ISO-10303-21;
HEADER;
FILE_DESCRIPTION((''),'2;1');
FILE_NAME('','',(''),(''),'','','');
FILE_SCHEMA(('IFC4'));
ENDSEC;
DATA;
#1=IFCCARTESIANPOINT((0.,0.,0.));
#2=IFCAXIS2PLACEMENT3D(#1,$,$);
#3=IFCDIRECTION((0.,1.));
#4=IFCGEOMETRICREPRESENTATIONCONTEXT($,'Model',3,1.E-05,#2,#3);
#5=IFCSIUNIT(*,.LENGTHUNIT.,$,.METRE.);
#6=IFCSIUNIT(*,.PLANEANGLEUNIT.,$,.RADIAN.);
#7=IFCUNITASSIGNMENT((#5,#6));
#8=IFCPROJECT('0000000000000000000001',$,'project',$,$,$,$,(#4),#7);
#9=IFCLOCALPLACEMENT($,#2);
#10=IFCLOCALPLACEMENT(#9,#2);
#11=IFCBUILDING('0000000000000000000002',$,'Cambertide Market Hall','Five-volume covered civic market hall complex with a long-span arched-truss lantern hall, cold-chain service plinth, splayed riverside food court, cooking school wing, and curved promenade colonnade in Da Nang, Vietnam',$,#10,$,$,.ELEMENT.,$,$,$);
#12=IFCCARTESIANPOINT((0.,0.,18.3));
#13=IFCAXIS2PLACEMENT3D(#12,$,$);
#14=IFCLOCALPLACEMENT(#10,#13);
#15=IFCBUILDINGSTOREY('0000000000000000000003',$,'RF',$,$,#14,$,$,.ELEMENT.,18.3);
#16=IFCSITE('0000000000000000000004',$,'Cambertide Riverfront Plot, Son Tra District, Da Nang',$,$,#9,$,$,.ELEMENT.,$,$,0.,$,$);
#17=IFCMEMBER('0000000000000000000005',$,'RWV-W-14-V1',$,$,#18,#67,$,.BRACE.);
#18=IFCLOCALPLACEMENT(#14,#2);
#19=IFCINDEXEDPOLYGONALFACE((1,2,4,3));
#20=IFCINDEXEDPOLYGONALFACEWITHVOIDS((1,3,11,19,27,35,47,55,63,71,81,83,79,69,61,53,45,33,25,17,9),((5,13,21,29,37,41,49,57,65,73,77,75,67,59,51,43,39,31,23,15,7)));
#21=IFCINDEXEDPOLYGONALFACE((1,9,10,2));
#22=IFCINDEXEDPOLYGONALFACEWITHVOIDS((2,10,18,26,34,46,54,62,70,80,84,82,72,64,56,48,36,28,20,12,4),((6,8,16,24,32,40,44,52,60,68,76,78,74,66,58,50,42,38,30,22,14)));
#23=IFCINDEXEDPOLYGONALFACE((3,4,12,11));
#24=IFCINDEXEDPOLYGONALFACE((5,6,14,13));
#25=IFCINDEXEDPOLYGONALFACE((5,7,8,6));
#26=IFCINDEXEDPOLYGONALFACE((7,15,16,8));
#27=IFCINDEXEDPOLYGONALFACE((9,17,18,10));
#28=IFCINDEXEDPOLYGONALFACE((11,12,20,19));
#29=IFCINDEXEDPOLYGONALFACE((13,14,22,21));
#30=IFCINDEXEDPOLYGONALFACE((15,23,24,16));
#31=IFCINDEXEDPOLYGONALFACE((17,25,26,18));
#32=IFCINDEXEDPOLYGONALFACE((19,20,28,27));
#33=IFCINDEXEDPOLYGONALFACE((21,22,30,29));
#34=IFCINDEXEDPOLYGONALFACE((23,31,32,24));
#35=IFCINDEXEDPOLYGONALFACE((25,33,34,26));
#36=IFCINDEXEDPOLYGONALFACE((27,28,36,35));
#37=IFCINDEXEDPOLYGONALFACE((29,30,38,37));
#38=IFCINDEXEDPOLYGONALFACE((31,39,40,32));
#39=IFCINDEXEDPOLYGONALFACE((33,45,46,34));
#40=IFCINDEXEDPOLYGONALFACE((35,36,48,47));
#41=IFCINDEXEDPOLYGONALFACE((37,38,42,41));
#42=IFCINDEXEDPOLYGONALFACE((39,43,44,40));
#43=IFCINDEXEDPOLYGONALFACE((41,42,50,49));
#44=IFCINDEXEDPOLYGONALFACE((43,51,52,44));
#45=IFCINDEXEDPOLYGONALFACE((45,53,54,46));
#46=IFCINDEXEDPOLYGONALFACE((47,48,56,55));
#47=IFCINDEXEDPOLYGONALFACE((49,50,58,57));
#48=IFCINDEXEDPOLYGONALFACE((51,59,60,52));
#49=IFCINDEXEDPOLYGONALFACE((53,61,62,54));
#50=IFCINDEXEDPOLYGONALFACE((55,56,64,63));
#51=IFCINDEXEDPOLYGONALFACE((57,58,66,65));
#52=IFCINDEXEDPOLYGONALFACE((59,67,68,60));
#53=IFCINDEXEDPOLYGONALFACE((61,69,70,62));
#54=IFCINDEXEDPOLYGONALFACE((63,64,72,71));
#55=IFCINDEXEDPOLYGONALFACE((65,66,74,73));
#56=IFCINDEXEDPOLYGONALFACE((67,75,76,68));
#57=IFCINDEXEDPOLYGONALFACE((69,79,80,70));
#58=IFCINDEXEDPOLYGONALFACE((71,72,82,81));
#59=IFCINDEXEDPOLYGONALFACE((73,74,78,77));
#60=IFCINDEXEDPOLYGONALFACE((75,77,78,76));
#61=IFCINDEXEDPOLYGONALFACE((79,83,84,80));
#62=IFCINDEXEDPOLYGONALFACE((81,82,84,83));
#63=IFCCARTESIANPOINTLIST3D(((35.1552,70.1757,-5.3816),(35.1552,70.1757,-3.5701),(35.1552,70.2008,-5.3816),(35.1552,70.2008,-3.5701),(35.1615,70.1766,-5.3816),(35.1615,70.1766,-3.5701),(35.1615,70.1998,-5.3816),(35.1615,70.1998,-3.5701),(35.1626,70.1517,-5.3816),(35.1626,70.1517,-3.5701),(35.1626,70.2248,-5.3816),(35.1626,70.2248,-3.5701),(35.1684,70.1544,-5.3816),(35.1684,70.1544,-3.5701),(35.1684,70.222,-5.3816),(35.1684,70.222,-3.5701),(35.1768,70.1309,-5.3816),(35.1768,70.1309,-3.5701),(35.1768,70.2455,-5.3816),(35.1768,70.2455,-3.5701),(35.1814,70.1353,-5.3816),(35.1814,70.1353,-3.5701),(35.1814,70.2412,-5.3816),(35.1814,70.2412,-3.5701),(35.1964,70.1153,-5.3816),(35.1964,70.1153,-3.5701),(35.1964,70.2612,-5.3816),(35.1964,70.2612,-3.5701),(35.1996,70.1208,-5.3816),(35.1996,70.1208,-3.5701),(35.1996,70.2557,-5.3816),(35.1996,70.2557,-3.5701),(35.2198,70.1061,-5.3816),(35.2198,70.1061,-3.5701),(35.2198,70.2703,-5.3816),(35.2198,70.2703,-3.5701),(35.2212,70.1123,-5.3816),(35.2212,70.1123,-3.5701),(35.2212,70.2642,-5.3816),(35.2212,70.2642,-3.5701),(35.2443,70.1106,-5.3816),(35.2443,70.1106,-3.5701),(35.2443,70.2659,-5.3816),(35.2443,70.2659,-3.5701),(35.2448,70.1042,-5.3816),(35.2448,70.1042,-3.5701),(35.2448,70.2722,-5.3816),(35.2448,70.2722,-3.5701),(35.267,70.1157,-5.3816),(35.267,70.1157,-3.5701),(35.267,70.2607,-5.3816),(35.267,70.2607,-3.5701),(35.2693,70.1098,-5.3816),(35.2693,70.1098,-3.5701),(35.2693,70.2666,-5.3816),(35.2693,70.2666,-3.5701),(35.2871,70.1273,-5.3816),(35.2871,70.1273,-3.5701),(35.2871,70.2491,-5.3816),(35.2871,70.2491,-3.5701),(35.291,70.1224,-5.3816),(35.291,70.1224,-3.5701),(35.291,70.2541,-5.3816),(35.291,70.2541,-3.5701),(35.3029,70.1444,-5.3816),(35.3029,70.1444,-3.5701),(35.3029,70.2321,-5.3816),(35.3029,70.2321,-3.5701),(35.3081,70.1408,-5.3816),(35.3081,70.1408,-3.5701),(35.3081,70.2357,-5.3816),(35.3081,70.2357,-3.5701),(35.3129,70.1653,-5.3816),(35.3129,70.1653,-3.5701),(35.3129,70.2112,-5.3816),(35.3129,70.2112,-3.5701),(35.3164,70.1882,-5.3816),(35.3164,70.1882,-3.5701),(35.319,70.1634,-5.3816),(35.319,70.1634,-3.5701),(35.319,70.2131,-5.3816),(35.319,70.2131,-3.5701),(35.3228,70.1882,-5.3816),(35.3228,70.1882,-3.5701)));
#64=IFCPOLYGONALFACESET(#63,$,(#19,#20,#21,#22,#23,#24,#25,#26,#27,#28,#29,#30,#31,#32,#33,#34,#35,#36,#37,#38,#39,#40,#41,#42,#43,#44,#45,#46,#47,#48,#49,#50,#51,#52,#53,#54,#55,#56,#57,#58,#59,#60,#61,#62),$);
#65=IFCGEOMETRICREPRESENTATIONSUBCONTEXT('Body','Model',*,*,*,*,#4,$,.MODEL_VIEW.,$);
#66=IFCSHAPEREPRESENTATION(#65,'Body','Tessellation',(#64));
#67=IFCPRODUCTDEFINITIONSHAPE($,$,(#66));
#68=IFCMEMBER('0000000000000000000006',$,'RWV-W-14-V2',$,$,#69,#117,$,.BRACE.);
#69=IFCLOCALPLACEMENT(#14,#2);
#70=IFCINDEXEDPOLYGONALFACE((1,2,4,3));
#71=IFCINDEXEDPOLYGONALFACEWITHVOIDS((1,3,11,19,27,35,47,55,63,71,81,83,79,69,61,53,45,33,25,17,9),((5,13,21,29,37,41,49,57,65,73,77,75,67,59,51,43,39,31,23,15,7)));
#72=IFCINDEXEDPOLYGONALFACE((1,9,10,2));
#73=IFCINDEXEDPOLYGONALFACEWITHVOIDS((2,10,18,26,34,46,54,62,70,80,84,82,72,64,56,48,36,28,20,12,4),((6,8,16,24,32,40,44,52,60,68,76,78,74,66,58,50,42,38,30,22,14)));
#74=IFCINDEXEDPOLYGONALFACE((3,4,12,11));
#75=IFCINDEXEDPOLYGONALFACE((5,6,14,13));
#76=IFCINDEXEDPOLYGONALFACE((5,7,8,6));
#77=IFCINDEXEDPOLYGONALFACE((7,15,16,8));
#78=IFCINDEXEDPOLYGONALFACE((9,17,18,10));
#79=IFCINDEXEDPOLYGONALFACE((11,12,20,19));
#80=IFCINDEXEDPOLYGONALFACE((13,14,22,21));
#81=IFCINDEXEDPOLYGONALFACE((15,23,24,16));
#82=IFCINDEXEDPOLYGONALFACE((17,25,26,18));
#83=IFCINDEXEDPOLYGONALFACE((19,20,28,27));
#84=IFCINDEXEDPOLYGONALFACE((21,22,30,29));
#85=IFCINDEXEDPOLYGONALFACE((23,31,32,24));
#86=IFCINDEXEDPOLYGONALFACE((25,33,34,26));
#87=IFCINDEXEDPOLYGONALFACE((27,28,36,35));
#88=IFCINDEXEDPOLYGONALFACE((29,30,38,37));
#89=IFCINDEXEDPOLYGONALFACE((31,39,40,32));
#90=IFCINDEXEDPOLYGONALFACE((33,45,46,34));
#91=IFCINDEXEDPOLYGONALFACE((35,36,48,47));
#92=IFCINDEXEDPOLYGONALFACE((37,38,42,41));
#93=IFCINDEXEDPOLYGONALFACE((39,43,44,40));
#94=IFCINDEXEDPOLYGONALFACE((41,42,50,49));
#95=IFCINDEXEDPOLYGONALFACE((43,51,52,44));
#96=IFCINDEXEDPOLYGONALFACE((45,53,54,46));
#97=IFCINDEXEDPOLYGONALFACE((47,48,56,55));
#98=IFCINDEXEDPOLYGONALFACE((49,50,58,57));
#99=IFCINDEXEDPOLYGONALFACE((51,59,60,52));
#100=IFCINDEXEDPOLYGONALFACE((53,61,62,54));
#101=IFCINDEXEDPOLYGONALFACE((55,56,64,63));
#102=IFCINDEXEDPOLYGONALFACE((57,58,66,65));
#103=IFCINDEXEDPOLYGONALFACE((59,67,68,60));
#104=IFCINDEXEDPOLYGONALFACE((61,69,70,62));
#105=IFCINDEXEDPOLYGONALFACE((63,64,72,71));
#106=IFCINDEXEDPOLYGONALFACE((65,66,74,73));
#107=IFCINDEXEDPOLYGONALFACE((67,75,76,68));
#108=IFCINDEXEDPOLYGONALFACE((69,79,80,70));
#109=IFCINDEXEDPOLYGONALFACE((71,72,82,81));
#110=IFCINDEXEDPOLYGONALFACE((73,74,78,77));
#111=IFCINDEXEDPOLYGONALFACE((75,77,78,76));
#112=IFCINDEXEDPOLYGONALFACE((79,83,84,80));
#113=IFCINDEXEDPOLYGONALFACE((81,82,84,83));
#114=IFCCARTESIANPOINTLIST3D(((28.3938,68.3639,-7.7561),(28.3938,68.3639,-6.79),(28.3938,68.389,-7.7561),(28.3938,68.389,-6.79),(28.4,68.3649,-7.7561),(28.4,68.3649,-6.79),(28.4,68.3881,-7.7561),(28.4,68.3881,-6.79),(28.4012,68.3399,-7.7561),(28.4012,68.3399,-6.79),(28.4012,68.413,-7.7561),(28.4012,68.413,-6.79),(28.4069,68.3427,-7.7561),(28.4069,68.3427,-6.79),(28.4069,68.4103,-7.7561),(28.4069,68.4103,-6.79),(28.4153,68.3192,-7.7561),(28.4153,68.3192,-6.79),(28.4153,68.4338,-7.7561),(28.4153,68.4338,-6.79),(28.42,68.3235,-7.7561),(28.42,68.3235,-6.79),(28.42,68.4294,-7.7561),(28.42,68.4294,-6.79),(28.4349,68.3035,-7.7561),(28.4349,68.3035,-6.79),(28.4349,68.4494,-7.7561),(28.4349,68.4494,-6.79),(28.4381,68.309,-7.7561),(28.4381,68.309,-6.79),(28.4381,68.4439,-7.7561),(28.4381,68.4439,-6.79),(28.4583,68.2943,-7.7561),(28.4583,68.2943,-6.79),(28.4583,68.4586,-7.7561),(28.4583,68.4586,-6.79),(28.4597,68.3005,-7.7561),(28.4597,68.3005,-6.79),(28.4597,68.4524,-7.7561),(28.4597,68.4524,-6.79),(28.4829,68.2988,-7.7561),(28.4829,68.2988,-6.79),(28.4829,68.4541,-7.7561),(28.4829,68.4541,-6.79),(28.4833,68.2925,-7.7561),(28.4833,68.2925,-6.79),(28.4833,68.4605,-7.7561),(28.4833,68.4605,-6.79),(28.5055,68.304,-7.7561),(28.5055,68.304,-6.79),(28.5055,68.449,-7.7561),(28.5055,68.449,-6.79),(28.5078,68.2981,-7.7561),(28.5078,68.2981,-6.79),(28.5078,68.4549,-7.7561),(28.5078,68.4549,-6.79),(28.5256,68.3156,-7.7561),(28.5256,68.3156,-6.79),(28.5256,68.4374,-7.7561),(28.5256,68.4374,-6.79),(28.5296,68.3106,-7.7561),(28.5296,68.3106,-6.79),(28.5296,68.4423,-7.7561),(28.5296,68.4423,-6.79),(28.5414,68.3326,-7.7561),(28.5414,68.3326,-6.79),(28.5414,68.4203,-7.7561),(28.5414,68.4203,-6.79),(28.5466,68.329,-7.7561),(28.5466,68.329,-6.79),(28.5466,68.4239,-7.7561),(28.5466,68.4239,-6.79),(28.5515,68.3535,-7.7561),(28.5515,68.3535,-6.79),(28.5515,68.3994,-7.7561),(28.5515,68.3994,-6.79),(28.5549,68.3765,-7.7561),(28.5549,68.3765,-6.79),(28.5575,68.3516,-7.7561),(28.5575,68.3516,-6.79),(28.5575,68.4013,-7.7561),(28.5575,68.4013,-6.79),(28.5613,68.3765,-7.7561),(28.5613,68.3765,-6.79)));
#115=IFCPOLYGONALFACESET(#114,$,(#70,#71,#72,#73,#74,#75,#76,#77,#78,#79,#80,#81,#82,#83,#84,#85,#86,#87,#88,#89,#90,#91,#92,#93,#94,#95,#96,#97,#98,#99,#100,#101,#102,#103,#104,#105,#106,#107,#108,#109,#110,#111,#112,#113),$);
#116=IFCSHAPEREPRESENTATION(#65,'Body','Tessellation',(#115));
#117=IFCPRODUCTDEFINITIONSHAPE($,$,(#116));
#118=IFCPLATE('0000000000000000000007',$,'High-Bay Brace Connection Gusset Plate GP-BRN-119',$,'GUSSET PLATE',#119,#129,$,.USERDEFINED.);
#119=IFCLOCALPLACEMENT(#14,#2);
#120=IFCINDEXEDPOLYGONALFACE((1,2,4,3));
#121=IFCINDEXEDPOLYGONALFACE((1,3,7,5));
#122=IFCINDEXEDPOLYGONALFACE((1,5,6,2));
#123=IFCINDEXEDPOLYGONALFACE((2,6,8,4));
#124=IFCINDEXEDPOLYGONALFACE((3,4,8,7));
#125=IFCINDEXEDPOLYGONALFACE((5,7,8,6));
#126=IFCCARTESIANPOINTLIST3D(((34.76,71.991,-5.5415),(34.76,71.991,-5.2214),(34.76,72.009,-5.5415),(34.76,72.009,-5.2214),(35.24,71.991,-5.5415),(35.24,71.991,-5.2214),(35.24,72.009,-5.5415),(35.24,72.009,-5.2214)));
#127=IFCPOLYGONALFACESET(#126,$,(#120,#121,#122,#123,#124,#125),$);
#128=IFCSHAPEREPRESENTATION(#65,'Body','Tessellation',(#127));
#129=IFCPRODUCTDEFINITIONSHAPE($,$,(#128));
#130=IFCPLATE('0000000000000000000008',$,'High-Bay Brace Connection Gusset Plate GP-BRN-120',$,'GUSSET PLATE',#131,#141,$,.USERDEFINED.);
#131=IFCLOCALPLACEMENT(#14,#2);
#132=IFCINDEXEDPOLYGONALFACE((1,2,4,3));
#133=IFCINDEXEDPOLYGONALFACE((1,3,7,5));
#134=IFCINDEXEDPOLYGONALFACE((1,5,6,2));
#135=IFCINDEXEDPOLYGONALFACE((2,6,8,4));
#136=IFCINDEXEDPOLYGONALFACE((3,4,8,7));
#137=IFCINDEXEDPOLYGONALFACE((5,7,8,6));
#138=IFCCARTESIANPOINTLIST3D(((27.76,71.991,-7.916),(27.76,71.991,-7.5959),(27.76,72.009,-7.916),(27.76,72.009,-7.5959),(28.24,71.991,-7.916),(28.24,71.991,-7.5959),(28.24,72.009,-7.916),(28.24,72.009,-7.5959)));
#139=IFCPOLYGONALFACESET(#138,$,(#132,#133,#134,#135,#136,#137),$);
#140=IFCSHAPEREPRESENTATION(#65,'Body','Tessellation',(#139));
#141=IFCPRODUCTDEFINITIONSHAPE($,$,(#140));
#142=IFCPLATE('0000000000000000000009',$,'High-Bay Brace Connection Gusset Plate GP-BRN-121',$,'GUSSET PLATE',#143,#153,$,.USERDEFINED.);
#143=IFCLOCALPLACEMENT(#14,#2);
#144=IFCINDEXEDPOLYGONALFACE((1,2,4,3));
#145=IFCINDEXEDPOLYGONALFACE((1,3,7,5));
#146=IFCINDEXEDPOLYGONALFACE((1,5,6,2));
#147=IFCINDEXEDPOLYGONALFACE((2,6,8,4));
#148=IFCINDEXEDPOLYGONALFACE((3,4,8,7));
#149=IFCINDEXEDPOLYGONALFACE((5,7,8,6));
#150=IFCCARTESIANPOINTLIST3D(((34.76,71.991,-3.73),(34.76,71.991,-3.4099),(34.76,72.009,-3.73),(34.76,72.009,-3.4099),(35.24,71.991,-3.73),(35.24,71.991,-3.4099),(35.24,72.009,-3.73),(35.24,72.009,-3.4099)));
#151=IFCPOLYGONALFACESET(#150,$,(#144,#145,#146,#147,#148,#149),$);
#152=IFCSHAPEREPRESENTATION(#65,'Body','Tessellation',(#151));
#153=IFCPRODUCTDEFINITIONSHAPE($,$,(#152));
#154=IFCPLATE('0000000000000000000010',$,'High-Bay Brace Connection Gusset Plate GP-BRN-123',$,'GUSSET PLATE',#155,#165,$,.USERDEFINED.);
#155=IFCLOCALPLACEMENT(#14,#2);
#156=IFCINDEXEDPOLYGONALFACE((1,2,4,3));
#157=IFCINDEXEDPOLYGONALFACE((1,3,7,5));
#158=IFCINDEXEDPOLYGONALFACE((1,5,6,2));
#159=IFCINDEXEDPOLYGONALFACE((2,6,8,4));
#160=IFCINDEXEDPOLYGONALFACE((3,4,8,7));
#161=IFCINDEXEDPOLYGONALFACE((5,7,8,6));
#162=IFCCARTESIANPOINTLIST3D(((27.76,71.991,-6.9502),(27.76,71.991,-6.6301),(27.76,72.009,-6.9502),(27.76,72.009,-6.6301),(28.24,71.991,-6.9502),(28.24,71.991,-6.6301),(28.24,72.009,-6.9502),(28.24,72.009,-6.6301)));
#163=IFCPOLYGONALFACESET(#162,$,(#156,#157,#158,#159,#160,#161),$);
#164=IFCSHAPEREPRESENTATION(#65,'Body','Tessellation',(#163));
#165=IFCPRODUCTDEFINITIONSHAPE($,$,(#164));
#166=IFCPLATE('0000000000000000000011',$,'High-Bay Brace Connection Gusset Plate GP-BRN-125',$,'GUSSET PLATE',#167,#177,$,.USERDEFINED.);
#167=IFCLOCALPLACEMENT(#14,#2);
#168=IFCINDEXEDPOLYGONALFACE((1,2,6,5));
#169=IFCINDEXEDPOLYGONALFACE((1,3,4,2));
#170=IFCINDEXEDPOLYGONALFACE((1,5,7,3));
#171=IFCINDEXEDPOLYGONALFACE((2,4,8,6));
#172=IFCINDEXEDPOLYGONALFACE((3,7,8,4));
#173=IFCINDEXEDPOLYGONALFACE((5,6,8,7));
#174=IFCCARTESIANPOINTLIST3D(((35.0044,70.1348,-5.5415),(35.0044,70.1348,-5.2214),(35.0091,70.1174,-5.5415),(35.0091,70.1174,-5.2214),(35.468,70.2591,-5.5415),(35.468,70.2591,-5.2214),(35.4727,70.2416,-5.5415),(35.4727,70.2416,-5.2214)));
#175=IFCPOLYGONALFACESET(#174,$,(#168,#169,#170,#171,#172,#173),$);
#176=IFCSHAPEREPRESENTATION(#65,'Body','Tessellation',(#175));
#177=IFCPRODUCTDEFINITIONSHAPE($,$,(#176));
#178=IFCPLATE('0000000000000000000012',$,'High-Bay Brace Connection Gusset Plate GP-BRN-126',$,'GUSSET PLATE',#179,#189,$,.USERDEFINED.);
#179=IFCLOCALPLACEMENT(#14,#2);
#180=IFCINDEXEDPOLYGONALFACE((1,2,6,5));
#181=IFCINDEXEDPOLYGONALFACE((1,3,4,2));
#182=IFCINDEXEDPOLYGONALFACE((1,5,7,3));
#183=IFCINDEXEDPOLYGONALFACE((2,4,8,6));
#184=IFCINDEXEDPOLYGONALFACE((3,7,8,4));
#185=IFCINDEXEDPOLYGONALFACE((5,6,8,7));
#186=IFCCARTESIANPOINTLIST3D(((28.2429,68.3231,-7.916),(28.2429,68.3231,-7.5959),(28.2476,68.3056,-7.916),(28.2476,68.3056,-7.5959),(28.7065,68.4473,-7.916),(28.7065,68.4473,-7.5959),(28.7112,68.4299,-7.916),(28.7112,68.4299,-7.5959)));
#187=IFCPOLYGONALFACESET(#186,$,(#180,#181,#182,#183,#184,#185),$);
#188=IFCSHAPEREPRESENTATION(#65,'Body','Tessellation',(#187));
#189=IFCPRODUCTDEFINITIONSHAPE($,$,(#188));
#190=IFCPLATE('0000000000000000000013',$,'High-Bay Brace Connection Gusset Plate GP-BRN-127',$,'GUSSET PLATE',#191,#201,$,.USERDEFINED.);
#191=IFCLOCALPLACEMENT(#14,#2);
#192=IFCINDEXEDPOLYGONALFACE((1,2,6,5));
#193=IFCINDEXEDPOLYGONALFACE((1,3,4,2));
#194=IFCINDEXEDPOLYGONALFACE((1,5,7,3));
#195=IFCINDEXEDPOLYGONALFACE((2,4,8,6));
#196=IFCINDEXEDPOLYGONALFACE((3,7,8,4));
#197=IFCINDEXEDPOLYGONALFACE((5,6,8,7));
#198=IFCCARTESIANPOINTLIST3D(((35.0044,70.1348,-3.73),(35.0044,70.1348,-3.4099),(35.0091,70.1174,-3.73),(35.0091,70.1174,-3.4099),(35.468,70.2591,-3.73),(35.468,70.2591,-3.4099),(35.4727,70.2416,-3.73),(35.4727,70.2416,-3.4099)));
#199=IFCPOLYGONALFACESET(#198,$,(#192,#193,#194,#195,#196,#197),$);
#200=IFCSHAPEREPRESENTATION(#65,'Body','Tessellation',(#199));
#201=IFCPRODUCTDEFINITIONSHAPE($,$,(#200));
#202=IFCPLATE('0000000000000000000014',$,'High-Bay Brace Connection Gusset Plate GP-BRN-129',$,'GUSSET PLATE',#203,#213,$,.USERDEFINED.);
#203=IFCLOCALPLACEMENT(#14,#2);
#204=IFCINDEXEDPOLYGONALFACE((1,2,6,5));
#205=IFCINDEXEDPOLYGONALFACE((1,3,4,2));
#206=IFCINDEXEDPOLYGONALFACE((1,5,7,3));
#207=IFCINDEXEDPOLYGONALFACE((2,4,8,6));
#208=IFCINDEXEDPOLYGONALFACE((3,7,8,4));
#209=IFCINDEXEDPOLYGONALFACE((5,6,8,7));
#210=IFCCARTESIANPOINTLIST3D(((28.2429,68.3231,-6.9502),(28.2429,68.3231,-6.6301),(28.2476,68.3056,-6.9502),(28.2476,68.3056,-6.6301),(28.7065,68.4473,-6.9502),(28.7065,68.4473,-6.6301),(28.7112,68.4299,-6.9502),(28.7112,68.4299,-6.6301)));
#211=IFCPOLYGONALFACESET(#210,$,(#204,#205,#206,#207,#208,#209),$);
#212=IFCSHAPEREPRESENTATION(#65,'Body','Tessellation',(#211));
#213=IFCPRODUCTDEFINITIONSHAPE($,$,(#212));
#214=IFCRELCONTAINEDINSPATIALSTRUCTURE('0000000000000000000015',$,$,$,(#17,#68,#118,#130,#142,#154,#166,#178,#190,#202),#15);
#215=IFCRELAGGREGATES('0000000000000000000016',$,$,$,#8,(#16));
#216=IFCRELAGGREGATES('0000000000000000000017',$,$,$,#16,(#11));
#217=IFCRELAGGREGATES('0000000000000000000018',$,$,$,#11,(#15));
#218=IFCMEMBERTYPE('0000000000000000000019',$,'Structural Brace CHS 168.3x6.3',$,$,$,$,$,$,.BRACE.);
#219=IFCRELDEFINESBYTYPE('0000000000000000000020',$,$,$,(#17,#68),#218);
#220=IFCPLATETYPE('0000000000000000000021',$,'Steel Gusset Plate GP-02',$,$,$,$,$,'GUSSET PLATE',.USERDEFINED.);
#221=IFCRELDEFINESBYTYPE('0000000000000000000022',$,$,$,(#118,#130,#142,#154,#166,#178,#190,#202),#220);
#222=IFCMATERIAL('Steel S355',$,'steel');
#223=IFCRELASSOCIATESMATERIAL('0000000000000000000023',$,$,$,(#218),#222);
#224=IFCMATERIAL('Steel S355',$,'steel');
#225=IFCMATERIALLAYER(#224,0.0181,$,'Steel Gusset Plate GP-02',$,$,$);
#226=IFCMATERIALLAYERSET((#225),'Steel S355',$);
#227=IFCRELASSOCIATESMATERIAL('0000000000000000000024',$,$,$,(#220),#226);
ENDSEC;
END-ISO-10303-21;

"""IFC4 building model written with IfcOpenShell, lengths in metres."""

from ifc_helpers import new_model, si_unit, direction, frame, origin, origin_2d, place, context, subcontext, project, spatial, rectangle, hollow_circle, extrude, material, layer, layer_set, material_profile, profile_set, type_object, element, save


model = new_model("IFC4")

# Units and contexts
model_context = context("Model", 3, precision=1e-05, world=origin(), true_north=direction((0.0, 1.0)))
body_context = subcontext(model_context, "Body", "Model", "MODEL_VIEW")
ifc_project = project(units=[si_unit("LENGTHUNIT", "METRE"), si_unit("PLANEANGLEUNIT", "RADIAN")], contexts=[model_context])

# Site, building, storey
site_placement = place(None, origin())
site = spatial("IfcSite", under=ifc_project, at=site_placement, Name="Cambertide Riverfront Plot, Son Tra District, Da Nang", CompositionType="ELEMENT", RefElevation=0.0)
building_placement = place(site_placement, origin())
building = spatial("IfcBuilding", under=site, at=building_placement, Name="Cambertide Market Hall", Description="Five-volume covered civic market hall complex with a long-span arched-truss lantern hall, cold-chain service plinth, splayed riverside food court, cooking school wing, and curved promenade colonnade in Da Nang, Vietnam", CompositionType="ELEMENT")
storey_placement = place(building_placement, frame((0.0, 0.0, 18.3)))
storey = spatial("IfcBuildingStorey", under=building, at=storey_placement, Name="RF", CompositionType="ELEMENT", Elevation=18.3)

# Members
ifc_material_1 = material(Name="Steel S355", Category="steel")
ifc_material_profile_1 = material_profile(ifc_material_1, hollow_circle(Radius=0.0842, WallThickness=0.0063, at=origin_2d()), Name="CHS 168.3x6.3")
ifc_profile_set_1 = profile_set([ifc_material_profile_1], Name="Steel S355")
member_type_1 = type_object("IfcMemberType", Name="Structural Brace CHS 168.3x6.3", PredefinedType="BRACE", material=ifc_profile_set_1)
member_1_placement = place(storey_placement, frame((35.2385, 70.1882, -5.3816), z_axis=(0.0, 0.0, 1.0), x_axis=(1.0, 0.0, 0.0)))
element("IfcMember", 1, at=member_1_placement, inside=storey, type_object=member_type_1, Name="RWV-W-14-V1", PredefinedType="BRACE", context=body_context, shape_type="SweptSolid", body=[
    extrude(hollow_circle(Radius=0.0842, WallThickness=0.0063, at=origin_2d()), origin(), (0.0, 0.0, 1.0), 1.8115),
])
member_2_placement = place(storey_placement, frame((28.4771, 68.3765, -7.7561), z_axis=(0.0, 0.0, 1.0), x_axis=(1.0, 0.0, 0.0)))
element("IfcMember", 2, at=member_2_placement, inside=storey, type_object=member_type_1, Name="RWV-W-14-V2", PredefinedType="BRACE", context=body_context, shape_type="SweptSolid", body=[
    extrude(hollow_circle(Radius=0.0842, WallThickness=0.0063, at=origin_2d()), origin(), (0.0, 0.0, 1.0), 0.9661),
])

# Plates
ifc_material_2 = material(Name="Steel S355", Category="steel")
ifc_layer = layer(ifc_material_2, 0.0181, Name="Steel Gusset Plate GP-02")
ifc_layer_set = layer_set([ifc_layer], Name="Steel S355")
plate_type = type_object("IfcPlateType", Name="Steel Gusset Plate GP-02", ElementType="GUSSET PLATE", PredefinedType="USERDEFINED", material=ifc_layer_set)
for number, where, z_axis, x_axis, name in (
    (3, (35.0, 72.0, -5.5415), (0.0, 0.0, 1.0), (1.0, 0.0, 0.0), "High-Bay Brace Connection Gusset Plate GP-BRN-119"),
    (4, (28.0, 72.0, -7.916), (0.0, 0.0, 1.0), (1.0, 0.0, 0.0), "High-Bay Brace Connection Gusset Plate GP-BRN-120"),
    (5, (35.0, 72.0, -3.73), (0.0, 0.0, 1.0), (1.0, 0.0, 0.0), "High-Bay Brace Connection Gusset Plate GP-BRN-121"),
    (6, (28.0, 72.0, -6.9502), (0.0, 0.0, 1.0), (1.0, 0.0, 0.0), "High-Bay Brace Connection Gusset Plate GP-BRN-123"),
    (7, (35.2385, 70.1882, -5.5415), (0.0, 0.0, 1.0), (0.965926, 0.258819, 0.0), "High-Bay Brace Connection Gusset Plate GP-BRN-125"),
    (8, (28.4771, 68.3765, -7.916), (0.0, 0.0, 1.0), (0.965926, 0.258819, 0.0), "High-Bay Brace Connection Gusset Plate GP-BRN-126"),
    (9, (35.2385, 70.1882, -3.73), (0.0, 0.0, 1.0), (0.965926, 0.258819, 0.0), "High-Bay Brace Connection Gusset Plate GP-BRN-127"),
    (10, (28.4771, 68.3765, -6.9502), (0.0, 0.0, 1.0), (0.965926, 0.258819, 0.0), "High-Bay Brace Connection Gusset Plate GP-BRN-129"),
):
    element("IfcPlate", number, at=place(storey_placement, frame(where, z_axis=z_axis, x_axis=x_axis)), inside=storey, type_object=plate_type, Name=name, ObjectType="GUSSET PLATE", PredefinedType="USERDEFINED", context=body_context, shape_type="SweptSolid", body=[
        extrude(rectangle(XDim=0.48, YDim=0.0181, at=origin_2d()), origin(), (0.0, 0.0, 1.0), 0.3201),
    ])

save(model, "model.ifc")
